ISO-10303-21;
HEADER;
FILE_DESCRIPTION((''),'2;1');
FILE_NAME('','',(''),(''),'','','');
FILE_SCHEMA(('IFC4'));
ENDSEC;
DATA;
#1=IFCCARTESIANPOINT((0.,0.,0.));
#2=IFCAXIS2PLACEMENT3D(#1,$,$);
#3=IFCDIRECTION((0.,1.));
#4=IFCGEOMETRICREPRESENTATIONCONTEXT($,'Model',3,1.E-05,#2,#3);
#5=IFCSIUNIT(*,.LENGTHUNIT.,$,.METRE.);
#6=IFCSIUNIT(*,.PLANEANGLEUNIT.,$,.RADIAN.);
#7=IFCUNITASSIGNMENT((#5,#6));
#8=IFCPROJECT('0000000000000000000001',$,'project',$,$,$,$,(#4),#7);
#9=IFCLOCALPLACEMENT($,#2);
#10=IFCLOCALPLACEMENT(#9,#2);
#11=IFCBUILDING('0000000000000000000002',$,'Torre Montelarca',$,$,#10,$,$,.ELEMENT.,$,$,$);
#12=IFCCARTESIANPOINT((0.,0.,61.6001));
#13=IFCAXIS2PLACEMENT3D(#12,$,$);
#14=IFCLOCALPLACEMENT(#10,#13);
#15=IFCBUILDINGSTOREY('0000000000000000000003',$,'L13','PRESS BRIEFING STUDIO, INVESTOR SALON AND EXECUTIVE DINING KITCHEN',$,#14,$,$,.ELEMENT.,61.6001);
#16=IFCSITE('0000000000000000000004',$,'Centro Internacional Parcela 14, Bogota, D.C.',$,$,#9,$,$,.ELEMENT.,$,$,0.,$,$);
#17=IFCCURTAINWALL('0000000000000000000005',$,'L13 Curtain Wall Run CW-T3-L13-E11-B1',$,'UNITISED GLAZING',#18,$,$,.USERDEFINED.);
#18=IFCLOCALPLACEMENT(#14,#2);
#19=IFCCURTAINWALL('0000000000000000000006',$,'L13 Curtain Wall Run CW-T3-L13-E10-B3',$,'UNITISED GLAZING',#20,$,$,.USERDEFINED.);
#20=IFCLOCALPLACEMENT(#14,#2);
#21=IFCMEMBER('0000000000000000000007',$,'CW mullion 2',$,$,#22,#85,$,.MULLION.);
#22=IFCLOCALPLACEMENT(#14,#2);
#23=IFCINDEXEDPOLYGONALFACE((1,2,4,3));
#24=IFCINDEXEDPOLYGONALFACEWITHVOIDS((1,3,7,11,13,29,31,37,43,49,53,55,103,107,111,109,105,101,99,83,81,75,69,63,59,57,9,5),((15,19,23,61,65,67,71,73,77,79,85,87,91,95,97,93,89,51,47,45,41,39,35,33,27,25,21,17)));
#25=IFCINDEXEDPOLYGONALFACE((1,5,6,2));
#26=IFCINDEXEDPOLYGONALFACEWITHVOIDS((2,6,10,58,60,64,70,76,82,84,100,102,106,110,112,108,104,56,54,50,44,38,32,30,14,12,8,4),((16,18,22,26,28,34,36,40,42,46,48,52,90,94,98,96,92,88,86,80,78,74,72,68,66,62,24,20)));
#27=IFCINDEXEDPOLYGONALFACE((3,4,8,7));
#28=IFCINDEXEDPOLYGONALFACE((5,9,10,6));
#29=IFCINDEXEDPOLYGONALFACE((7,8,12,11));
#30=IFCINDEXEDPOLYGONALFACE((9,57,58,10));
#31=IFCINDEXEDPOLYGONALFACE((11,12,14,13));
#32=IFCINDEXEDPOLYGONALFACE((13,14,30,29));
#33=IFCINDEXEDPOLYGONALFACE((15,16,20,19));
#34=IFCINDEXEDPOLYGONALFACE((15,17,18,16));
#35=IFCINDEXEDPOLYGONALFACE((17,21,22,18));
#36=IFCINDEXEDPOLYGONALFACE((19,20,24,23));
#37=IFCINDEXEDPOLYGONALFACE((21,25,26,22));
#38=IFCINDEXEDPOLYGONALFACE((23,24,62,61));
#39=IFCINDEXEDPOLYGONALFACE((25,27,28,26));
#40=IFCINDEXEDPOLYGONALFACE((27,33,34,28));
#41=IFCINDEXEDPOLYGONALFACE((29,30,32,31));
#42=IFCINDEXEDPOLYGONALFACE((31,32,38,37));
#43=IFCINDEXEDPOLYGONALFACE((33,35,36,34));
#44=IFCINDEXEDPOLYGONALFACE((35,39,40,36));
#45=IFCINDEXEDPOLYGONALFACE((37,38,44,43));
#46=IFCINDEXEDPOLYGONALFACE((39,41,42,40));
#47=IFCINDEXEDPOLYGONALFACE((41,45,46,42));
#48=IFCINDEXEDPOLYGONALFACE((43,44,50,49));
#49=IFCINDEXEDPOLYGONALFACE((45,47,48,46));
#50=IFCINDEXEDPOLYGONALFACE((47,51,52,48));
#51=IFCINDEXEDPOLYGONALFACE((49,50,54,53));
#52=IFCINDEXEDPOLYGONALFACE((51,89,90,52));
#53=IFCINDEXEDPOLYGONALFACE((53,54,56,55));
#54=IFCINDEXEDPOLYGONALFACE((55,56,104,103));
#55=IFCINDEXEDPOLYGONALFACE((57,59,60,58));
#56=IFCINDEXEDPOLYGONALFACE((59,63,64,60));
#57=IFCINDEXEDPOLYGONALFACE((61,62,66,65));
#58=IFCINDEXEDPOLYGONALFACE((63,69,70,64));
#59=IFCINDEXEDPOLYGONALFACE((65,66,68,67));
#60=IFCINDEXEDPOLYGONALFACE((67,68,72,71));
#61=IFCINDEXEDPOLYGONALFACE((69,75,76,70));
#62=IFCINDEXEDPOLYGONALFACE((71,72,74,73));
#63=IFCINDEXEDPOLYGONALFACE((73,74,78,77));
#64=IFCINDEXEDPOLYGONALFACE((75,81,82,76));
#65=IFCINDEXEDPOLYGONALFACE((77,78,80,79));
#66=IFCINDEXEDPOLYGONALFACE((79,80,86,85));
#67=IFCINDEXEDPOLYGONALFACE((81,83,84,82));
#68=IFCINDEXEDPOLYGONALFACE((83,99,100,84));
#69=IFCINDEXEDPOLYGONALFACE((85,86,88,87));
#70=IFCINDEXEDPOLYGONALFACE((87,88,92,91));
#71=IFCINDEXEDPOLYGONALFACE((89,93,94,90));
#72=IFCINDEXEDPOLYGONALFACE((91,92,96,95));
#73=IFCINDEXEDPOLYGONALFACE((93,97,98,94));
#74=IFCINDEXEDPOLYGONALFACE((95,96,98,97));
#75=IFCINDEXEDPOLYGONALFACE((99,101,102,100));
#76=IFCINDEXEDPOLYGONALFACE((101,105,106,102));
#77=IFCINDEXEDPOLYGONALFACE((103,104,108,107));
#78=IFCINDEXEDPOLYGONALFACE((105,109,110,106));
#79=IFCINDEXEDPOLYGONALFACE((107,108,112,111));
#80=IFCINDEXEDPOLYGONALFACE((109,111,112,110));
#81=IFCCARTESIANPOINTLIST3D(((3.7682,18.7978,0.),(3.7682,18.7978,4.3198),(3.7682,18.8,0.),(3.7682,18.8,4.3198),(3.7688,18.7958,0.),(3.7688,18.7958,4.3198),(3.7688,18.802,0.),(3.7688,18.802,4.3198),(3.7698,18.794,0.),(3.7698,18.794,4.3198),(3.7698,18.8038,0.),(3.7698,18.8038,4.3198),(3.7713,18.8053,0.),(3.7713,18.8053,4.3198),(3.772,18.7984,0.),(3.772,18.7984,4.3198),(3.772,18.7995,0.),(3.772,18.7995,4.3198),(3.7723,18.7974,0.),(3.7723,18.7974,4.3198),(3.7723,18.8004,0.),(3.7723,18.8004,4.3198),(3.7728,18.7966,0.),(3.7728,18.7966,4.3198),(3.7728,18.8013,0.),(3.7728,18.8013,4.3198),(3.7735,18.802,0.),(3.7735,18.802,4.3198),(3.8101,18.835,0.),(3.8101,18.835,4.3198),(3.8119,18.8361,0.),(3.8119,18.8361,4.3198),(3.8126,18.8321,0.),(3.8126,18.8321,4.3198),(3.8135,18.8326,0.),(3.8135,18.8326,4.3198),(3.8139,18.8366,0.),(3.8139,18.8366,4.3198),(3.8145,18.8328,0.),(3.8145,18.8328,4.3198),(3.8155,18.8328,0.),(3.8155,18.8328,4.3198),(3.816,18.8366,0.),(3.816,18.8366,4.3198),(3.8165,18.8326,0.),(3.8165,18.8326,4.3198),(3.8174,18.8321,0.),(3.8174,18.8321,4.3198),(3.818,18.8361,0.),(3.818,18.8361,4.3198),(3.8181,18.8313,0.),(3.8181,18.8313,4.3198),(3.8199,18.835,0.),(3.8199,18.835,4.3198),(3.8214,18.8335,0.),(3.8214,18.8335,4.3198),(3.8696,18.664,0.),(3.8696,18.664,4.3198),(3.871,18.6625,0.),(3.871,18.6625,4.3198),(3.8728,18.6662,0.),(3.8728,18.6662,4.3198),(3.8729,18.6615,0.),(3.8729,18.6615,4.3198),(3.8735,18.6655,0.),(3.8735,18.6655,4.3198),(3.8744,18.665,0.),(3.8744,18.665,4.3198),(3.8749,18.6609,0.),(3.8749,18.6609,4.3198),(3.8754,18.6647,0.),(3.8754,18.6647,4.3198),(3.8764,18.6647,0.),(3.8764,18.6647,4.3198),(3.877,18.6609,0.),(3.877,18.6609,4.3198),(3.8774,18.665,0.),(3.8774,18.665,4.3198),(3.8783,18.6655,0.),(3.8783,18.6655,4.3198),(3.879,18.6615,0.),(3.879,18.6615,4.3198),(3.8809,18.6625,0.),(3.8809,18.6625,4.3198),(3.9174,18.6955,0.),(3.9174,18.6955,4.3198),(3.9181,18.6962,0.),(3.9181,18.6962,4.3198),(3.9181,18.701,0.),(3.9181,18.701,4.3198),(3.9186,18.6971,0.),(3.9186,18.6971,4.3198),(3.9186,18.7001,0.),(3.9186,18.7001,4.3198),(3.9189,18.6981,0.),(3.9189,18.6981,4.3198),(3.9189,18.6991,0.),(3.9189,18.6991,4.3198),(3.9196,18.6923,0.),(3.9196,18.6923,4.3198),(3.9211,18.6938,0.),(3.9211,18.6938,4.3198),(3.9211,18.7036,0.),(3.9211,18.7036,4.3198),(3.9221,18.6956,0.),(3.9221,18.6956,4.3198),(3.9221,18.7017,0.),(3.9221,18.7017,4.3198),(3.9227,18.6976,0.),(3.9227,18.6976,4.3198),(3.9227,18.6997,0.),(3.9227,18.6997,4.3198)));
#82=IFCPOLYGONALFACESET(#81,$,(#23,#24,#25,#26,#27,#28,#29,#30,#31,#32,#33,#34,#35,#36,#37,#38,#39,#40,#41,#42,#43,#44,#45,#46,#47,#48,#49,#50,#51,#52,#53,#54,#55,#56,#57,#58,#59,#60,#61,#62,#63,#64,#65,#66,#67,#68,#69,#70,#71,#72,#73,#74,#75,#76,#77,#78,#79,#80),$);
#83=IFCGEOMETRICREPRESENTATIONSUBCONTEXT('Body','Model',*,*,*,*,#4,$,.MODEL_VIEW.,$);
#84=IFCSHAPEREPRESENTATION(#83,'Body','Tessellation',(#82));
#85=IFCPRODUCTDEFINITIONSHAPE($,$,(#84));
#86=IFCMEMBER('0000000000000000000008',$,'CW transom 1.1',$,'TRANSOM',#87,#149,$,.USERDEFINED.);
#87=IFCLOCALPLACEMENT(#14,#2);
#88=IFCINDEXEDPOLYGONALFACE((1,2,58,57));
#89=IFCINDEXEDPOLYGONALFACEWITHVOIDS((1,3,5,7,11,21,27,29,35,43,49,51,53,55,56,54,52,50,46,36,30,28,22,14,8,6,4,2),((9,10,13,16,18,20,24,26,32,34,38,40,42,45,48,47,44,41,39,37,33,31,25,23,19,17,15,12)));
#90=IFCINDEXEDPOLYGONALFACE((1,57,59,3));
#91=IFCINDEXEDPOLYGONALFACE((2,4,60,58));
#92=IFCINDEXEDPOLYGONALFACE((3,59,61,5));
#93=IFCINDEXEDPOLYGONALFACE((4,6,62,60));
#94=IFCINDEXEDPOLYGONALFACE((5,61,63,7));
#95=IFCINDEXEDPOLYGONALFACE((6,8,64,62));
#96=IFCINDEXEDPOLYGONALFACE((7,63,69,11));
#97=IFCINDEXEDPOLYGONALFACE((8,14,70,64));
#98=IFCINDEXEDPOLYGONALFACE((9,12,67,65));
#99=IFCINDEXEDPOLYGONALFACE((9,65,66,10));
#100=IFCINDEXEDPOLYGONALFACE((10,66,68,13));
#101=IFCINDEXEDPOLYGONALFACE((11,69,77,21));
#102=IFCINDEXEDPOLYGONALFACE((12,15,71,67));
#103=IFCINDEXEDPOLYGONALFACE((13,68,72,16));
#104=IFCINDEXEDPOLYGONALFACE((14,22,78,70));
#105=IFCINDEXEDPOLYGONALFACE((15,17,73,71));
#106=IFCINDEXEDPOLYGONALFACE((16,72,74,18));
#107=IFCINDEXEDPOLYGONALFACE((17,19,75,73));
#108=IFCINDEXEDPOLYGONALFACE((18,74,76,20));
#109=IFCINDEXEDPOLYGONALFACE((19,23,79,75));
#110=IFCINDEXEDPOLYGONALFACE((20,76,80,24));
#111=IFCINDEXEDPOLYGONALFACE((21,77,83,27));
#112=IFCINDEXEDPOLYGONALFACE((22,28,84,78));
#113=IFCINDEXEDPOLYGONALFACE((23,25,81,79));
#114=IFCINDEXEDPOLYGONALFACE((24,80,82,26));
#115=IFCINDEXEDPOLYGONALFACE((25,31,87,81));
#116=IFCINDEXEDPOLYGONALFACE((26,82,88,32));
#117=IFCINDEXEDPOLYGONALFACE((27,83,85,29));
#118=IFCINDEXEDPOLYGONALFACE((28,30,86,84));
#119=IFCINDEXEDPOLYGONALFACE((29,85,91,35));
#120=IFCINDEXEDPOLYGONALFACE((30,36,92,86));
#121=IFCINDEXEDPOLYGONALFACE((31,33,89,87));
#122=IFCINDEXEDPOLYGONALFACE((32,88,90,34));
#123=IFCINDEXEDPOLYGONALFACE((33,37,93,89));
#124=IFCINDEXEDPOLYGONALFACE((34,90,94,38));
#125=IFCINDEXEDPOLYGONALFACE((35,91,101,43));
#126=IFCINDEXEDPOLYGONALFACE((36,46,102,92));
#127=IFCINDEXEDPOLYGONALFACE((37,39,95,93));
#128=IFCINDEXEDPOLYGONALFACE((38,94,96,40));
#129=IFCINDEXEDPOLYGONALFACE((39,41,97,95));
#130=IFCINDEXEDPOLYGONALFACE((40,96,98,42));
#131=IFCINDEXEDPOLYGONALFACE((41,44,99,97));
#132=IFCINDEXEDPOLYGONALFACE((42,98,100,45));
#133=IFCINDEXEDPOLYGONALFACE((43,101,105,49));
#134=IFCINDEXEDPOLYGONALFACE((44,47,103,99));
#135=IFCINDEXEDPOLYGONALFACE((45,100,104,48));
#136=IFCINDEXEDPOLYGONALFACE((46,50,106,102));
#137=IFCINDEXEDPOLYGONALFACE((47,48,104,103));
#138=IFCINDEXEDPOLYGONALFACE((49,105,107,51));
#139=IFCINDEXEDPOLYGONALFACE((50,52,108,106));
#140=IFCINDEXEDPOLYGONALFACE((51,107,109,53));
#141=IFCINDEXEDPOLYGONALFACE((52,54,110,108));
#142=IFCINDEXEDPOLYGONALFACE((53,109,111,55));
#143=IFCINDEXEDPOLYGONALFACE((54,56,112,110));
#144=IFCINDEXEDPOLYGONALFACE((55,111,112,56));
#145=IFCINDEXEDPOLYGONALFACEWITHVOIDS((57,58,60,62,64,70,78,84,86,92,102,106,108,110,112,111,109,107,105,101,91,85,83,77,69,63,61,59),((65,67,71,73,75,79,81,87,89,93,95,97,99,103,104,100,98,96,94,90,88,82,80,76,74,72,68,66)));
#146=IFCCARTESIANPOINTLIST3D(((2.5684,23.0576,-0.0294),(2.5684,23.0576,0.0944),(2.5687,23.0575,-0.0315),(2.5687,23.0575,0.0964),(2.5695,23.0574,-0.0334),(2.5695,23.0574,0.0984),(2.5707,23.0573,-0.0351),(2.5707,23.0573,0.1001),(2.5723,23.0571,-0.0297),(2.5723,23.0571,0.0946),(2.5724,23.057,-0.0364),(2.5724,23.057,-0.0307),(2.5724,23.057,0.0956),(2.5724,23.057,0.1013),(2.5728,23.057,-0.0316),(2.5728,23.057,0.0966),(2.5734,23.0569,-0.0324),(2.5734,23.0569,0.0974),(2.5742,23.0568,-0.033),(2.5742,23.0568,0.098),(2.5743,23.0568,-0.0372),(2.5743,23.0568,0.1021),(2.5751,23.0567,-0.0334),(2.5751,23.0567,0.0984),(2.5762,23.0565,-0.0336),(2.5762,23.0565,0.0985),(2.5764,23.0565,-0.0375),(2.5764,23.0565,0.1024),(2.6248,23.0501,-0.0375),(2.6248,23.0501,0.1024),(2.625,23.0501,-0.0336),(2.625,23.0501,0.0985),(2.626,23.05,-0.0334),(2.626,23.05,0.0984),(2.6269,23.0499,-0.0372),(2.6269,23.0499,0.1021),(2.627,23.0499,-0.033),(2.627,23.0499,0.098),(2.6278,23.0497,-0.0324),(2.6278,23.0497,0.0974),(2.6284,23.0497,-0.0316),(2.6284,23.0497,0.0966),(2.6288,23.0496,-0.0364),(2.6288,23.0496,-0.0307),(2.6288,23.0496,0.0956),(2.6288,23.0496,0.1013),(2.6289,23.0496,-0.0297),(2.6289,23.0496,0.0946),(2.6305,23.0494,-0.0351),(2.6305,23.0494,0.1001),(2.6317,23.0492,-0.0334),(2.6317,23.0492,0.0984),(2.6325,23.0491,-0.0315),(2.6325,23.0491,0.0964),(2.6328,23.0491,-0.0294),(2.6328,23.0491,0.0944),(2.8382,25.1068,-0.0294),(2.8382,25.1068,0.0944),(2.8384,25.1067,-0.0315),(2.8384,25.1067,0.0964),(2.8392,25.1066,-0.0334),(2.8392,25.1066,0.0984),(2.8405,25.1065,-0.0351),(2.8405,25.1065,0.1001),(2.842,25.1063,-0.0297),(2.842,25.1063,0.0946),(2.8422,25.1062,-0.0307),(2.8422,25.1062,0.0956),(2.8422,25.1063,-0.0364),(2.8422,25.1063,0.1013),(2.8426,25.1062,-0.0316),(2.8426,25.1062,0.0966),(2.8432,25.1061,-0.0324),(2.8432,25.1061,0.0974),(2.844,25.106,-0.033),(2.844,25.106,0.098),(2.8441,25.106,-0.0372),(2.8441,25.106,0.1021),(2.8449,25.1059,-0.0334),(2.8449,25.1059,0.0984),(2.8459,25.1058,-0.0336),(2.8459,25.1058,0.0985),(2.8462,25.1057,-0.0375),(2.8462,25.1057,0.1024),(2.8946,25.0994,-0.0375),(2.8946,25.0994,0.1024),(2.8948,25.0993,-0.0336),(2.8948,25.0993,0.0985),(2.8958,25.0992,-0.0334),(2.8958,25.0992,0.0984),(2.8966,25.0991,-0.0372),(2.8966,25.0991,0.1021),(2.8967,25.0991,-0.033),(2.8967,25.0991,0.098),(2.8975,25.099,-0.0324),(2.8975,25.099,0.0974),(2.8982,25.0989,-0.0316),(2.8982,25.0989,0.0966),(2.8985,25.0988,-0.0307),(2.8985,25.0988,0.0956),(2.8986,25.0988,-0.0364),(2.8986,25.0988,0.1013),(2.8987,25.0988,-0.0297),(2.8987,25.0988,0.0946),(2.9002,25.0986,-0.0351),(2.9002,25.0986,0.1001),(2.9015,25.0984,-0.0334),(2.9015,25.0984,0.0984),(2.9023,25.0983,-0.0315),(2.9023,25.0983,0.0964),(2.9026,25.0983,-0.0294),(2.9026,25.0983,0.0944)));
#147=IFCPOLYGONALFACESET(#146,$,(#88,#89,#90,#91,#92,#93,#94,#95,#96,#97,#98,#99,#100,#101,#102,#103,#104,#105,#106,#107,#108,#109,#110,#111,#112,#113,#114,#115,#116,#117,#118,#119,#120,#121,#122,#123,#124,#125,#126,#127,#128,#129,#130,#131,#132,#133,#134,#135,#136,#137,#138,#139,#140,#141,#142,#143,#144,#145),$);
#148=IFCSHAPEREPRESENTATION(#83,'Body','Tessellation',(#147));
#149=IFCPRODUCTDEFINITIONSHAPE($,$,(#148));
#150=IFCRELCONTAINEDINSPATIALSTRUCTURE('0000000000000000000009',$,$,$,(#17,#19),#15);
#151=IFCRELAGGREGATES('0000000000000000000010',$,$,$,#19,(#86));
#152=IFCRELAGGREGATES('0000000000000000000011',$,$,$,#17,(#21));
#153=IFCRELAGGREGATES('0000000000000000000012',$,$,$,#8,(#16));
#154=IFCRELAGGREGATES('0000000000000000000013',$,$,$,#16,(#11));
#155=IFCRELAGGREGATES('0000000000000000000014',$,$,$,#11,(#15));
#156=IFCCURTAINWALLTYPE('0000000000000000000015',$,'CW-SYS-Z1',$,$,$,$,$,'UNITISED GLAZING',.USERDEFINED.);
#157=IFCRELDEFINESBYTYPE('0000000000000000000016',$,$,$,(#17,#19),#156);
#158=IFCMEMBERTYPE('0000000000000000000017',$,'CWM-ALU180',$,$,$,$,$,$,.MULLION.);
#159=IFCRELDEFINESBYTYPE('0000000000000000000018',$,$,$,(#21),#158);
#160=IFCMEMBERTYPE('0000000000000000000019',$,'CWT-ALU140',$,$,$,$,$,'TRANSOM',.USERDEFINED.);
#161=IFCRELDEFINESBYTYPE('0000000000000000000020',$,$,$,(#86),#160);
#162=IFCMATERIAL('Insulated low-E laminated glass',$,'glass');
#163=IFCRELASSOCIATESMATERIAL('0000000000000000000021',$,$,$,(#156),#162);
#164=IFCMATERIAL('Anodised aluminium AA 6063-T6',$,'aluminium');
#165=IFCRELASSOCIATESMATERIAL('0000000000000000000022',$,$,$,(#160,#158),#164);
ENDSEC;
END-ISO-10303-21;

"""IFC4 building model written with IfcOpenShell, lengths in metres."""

from ifc_helpers import new_model, si_unit, direction, frame, origin, origin_2d, place, context, subcontext, project, spatial, hollow_rectangle, extrude, source, transform, mapped, material, material_profile, profile_set, type_object, element, aggregate, save


model = new_model("IFC4")

# Units and contexts
model_context = context("Model", 3, precision=1e-05, world=origin(), true_north=direction((0.0, 1.0)))
body_context = subcontext(model_context, "Body", "Model", "MODEL_VIEW")
ifc_project = project(units=[si_unit("LENGTHUNIT", "METRE"), si_unit("PLANEANGLEUNIT", "RADIAN")], contexts=[model_context])

# Site, building, storey
site_placement = place(None, origin())
site = spatial("IfcSite", under=ifc_project, at=site_placement, Name="Centro Internacional Parcela 14, Bogota, D.C.", CompositionType="ELEMENT", RefElevation=0.0)
building_placement = place(site_placement, origin())
building = spatial("IfcBuilding", under=site, at=building_placement, Name="Torre Montelarca", CompositionType="ELEMENT")
storey_placement = place(building_placement, frame((0.0, 0.0, 61.6001)))
storey = spatial("IfcBuildingStorey", under=building, at=storey_placement, Name="L13", Description="PRESS BRIEFING STUDIO, INVESTOR SALON AND EXECUTIVE DINING KITCHEN", CompositionType="ELEMENT", Elevation=61.6001)

# Curtain walls
ifc_material_1 = material(Name="Insulated low-E laminated glass", Category="glass")
curtain_wall_type = type_object("IfcCurtainWallType", Name="CW-SYS-Z1", ElementType="UNITISED GLAZING", PredefinedType="USERDEFINED", material=ifc_material_1)
curtain_wall_1_placement = place(storey_placement, origin())
curtain_wall_1 = element("IfcCurtainWall", 1, at=curtain_wall_1_placement, inside=storey, type_object=curtain_wall_type, Name="L13 Curtain Wall Run CW-T3-L13-E11-B1", ObjectType="UNITISED GLAZING", PredefinedType="USERDEFINED")
ifc_material_2 = material(Name="Anodised aluminium AA 6063-T6", Category="aluminium")
ifc_material_profile_1 = material_profile(ifc_material_2, hollow_rectangle(XDim=0.0649, YDim=0.1399, WallThickness=0.0039, InnerFilletRadius=0.0039, OuterFilletRadius=0.0081, at=origin_2d()), Name="ALU65X140X4", Category="aluminium")
ifc_profile_set_1 = profile_set([ifc_material_profile_1], Name="Anodised aluminium AA 6063-T6")
member_type_1 = type_object("IfcMemberType", Name="CWT-ALU140", ElementType="TRANSOM", PredefinedType="USERDEFINED", material=ifc_profile_set_1)
curtain_wall_2_placement = place(storey_placement, origin())
curtain_wall_2 = element("IfcCurtainWall", 2, at=curtain_wall_2_placement, inside=storey, type_object=curtain_wall_type, Name="L13 Curtain Wall Run CW-T3-L13-E10-B3", ObjectType="UNITISED GLAZING", PredefinedType="USERDEFINED")
ifc_material_profile_2 = material_profile(ifc_material_2, hollow_rectangle(XDim=0.0649, YDim=0.1799, WallThickness=0.0039, InnerFilletRadius=0.0039, OuterFilletRadius=0.0081, at=origin_2d()), Name="ALU65X180X4", Category="aluminium")
ifc_profile_set_2 = profile_set([ifc_material_profile_2], Name="Anodised aluminium AA 6063-T6")
member_type_2 = type_object("IfcMemberType", Name="CWM-ALU180", PredefinedType="MULLION", material=ifc_profile_set_2)
shared_shape_1 = source(origin(), body_context, "Body", "SweptSolid", [
    extrude(hollow_rectangle(XDim=0.0649, YDim=0.1799, WallThickness=0.0039, InnerFilletRadius=0.0039, OuterFilletRadius=0.0081, at=origin_2d()), origin(), (0.0, 0.0, 1.0), 4.3198),
])

# Members
member_1_placement = place(storey_placement, frame((3.8455, 18.7488, 0.0), z_axis=(0.0, 0.0, 1.0), x_axis=(0.793346, 0.608771, 0.0)))
member_1 = element("IfcMember", 3, at=member_1_placement, type_object=member_type_2, Name="CW mullion 2", PredefinedType="MULLION", context=body_context, shape_type="MappedRepresentation", body=[
    mapped(shared_shape_1, transform((0.0, 0.0, 0.0), scale=1.0)),
])
shared_shape_2 = source(origin(), body_context, "Body", "SweptSolid", [
    extrude(hollow_rectangle(XDim=0.0649, YDim=0.1399, WallThickness=0.0039, InnerFilletRadius=0.0039, OuterFilletRadius=0.0081, at=origin_2d()), origin(), (0.0, 0.0, 1.0), 2.0669),
])
member_2_placement = place(storey_placement, frame((2.8704, 25.1025, 0.0325), z_axis=(-0.130516, -0.991446, 0.0), x_axis=(0.991446, -0.130516, 0.0)))
member_2 = element("IfcMember", 4, at=member_2_placement, type_object=member_type_1, Name="CW transom 1.1", ObjectType="TRANSOM", PredefinedType="USERDEFINED", context=body_context, shape_type="MappedRepresentation", body=[
    mapped(shared_shape_2, transform((0.0, 0.0, 0.0), scale=1.0)),
])

aggregate(curtain_wall_2, [member_2])
aggregate(curtain_wall_1, [member_1])

save(model, "model.ifc")
